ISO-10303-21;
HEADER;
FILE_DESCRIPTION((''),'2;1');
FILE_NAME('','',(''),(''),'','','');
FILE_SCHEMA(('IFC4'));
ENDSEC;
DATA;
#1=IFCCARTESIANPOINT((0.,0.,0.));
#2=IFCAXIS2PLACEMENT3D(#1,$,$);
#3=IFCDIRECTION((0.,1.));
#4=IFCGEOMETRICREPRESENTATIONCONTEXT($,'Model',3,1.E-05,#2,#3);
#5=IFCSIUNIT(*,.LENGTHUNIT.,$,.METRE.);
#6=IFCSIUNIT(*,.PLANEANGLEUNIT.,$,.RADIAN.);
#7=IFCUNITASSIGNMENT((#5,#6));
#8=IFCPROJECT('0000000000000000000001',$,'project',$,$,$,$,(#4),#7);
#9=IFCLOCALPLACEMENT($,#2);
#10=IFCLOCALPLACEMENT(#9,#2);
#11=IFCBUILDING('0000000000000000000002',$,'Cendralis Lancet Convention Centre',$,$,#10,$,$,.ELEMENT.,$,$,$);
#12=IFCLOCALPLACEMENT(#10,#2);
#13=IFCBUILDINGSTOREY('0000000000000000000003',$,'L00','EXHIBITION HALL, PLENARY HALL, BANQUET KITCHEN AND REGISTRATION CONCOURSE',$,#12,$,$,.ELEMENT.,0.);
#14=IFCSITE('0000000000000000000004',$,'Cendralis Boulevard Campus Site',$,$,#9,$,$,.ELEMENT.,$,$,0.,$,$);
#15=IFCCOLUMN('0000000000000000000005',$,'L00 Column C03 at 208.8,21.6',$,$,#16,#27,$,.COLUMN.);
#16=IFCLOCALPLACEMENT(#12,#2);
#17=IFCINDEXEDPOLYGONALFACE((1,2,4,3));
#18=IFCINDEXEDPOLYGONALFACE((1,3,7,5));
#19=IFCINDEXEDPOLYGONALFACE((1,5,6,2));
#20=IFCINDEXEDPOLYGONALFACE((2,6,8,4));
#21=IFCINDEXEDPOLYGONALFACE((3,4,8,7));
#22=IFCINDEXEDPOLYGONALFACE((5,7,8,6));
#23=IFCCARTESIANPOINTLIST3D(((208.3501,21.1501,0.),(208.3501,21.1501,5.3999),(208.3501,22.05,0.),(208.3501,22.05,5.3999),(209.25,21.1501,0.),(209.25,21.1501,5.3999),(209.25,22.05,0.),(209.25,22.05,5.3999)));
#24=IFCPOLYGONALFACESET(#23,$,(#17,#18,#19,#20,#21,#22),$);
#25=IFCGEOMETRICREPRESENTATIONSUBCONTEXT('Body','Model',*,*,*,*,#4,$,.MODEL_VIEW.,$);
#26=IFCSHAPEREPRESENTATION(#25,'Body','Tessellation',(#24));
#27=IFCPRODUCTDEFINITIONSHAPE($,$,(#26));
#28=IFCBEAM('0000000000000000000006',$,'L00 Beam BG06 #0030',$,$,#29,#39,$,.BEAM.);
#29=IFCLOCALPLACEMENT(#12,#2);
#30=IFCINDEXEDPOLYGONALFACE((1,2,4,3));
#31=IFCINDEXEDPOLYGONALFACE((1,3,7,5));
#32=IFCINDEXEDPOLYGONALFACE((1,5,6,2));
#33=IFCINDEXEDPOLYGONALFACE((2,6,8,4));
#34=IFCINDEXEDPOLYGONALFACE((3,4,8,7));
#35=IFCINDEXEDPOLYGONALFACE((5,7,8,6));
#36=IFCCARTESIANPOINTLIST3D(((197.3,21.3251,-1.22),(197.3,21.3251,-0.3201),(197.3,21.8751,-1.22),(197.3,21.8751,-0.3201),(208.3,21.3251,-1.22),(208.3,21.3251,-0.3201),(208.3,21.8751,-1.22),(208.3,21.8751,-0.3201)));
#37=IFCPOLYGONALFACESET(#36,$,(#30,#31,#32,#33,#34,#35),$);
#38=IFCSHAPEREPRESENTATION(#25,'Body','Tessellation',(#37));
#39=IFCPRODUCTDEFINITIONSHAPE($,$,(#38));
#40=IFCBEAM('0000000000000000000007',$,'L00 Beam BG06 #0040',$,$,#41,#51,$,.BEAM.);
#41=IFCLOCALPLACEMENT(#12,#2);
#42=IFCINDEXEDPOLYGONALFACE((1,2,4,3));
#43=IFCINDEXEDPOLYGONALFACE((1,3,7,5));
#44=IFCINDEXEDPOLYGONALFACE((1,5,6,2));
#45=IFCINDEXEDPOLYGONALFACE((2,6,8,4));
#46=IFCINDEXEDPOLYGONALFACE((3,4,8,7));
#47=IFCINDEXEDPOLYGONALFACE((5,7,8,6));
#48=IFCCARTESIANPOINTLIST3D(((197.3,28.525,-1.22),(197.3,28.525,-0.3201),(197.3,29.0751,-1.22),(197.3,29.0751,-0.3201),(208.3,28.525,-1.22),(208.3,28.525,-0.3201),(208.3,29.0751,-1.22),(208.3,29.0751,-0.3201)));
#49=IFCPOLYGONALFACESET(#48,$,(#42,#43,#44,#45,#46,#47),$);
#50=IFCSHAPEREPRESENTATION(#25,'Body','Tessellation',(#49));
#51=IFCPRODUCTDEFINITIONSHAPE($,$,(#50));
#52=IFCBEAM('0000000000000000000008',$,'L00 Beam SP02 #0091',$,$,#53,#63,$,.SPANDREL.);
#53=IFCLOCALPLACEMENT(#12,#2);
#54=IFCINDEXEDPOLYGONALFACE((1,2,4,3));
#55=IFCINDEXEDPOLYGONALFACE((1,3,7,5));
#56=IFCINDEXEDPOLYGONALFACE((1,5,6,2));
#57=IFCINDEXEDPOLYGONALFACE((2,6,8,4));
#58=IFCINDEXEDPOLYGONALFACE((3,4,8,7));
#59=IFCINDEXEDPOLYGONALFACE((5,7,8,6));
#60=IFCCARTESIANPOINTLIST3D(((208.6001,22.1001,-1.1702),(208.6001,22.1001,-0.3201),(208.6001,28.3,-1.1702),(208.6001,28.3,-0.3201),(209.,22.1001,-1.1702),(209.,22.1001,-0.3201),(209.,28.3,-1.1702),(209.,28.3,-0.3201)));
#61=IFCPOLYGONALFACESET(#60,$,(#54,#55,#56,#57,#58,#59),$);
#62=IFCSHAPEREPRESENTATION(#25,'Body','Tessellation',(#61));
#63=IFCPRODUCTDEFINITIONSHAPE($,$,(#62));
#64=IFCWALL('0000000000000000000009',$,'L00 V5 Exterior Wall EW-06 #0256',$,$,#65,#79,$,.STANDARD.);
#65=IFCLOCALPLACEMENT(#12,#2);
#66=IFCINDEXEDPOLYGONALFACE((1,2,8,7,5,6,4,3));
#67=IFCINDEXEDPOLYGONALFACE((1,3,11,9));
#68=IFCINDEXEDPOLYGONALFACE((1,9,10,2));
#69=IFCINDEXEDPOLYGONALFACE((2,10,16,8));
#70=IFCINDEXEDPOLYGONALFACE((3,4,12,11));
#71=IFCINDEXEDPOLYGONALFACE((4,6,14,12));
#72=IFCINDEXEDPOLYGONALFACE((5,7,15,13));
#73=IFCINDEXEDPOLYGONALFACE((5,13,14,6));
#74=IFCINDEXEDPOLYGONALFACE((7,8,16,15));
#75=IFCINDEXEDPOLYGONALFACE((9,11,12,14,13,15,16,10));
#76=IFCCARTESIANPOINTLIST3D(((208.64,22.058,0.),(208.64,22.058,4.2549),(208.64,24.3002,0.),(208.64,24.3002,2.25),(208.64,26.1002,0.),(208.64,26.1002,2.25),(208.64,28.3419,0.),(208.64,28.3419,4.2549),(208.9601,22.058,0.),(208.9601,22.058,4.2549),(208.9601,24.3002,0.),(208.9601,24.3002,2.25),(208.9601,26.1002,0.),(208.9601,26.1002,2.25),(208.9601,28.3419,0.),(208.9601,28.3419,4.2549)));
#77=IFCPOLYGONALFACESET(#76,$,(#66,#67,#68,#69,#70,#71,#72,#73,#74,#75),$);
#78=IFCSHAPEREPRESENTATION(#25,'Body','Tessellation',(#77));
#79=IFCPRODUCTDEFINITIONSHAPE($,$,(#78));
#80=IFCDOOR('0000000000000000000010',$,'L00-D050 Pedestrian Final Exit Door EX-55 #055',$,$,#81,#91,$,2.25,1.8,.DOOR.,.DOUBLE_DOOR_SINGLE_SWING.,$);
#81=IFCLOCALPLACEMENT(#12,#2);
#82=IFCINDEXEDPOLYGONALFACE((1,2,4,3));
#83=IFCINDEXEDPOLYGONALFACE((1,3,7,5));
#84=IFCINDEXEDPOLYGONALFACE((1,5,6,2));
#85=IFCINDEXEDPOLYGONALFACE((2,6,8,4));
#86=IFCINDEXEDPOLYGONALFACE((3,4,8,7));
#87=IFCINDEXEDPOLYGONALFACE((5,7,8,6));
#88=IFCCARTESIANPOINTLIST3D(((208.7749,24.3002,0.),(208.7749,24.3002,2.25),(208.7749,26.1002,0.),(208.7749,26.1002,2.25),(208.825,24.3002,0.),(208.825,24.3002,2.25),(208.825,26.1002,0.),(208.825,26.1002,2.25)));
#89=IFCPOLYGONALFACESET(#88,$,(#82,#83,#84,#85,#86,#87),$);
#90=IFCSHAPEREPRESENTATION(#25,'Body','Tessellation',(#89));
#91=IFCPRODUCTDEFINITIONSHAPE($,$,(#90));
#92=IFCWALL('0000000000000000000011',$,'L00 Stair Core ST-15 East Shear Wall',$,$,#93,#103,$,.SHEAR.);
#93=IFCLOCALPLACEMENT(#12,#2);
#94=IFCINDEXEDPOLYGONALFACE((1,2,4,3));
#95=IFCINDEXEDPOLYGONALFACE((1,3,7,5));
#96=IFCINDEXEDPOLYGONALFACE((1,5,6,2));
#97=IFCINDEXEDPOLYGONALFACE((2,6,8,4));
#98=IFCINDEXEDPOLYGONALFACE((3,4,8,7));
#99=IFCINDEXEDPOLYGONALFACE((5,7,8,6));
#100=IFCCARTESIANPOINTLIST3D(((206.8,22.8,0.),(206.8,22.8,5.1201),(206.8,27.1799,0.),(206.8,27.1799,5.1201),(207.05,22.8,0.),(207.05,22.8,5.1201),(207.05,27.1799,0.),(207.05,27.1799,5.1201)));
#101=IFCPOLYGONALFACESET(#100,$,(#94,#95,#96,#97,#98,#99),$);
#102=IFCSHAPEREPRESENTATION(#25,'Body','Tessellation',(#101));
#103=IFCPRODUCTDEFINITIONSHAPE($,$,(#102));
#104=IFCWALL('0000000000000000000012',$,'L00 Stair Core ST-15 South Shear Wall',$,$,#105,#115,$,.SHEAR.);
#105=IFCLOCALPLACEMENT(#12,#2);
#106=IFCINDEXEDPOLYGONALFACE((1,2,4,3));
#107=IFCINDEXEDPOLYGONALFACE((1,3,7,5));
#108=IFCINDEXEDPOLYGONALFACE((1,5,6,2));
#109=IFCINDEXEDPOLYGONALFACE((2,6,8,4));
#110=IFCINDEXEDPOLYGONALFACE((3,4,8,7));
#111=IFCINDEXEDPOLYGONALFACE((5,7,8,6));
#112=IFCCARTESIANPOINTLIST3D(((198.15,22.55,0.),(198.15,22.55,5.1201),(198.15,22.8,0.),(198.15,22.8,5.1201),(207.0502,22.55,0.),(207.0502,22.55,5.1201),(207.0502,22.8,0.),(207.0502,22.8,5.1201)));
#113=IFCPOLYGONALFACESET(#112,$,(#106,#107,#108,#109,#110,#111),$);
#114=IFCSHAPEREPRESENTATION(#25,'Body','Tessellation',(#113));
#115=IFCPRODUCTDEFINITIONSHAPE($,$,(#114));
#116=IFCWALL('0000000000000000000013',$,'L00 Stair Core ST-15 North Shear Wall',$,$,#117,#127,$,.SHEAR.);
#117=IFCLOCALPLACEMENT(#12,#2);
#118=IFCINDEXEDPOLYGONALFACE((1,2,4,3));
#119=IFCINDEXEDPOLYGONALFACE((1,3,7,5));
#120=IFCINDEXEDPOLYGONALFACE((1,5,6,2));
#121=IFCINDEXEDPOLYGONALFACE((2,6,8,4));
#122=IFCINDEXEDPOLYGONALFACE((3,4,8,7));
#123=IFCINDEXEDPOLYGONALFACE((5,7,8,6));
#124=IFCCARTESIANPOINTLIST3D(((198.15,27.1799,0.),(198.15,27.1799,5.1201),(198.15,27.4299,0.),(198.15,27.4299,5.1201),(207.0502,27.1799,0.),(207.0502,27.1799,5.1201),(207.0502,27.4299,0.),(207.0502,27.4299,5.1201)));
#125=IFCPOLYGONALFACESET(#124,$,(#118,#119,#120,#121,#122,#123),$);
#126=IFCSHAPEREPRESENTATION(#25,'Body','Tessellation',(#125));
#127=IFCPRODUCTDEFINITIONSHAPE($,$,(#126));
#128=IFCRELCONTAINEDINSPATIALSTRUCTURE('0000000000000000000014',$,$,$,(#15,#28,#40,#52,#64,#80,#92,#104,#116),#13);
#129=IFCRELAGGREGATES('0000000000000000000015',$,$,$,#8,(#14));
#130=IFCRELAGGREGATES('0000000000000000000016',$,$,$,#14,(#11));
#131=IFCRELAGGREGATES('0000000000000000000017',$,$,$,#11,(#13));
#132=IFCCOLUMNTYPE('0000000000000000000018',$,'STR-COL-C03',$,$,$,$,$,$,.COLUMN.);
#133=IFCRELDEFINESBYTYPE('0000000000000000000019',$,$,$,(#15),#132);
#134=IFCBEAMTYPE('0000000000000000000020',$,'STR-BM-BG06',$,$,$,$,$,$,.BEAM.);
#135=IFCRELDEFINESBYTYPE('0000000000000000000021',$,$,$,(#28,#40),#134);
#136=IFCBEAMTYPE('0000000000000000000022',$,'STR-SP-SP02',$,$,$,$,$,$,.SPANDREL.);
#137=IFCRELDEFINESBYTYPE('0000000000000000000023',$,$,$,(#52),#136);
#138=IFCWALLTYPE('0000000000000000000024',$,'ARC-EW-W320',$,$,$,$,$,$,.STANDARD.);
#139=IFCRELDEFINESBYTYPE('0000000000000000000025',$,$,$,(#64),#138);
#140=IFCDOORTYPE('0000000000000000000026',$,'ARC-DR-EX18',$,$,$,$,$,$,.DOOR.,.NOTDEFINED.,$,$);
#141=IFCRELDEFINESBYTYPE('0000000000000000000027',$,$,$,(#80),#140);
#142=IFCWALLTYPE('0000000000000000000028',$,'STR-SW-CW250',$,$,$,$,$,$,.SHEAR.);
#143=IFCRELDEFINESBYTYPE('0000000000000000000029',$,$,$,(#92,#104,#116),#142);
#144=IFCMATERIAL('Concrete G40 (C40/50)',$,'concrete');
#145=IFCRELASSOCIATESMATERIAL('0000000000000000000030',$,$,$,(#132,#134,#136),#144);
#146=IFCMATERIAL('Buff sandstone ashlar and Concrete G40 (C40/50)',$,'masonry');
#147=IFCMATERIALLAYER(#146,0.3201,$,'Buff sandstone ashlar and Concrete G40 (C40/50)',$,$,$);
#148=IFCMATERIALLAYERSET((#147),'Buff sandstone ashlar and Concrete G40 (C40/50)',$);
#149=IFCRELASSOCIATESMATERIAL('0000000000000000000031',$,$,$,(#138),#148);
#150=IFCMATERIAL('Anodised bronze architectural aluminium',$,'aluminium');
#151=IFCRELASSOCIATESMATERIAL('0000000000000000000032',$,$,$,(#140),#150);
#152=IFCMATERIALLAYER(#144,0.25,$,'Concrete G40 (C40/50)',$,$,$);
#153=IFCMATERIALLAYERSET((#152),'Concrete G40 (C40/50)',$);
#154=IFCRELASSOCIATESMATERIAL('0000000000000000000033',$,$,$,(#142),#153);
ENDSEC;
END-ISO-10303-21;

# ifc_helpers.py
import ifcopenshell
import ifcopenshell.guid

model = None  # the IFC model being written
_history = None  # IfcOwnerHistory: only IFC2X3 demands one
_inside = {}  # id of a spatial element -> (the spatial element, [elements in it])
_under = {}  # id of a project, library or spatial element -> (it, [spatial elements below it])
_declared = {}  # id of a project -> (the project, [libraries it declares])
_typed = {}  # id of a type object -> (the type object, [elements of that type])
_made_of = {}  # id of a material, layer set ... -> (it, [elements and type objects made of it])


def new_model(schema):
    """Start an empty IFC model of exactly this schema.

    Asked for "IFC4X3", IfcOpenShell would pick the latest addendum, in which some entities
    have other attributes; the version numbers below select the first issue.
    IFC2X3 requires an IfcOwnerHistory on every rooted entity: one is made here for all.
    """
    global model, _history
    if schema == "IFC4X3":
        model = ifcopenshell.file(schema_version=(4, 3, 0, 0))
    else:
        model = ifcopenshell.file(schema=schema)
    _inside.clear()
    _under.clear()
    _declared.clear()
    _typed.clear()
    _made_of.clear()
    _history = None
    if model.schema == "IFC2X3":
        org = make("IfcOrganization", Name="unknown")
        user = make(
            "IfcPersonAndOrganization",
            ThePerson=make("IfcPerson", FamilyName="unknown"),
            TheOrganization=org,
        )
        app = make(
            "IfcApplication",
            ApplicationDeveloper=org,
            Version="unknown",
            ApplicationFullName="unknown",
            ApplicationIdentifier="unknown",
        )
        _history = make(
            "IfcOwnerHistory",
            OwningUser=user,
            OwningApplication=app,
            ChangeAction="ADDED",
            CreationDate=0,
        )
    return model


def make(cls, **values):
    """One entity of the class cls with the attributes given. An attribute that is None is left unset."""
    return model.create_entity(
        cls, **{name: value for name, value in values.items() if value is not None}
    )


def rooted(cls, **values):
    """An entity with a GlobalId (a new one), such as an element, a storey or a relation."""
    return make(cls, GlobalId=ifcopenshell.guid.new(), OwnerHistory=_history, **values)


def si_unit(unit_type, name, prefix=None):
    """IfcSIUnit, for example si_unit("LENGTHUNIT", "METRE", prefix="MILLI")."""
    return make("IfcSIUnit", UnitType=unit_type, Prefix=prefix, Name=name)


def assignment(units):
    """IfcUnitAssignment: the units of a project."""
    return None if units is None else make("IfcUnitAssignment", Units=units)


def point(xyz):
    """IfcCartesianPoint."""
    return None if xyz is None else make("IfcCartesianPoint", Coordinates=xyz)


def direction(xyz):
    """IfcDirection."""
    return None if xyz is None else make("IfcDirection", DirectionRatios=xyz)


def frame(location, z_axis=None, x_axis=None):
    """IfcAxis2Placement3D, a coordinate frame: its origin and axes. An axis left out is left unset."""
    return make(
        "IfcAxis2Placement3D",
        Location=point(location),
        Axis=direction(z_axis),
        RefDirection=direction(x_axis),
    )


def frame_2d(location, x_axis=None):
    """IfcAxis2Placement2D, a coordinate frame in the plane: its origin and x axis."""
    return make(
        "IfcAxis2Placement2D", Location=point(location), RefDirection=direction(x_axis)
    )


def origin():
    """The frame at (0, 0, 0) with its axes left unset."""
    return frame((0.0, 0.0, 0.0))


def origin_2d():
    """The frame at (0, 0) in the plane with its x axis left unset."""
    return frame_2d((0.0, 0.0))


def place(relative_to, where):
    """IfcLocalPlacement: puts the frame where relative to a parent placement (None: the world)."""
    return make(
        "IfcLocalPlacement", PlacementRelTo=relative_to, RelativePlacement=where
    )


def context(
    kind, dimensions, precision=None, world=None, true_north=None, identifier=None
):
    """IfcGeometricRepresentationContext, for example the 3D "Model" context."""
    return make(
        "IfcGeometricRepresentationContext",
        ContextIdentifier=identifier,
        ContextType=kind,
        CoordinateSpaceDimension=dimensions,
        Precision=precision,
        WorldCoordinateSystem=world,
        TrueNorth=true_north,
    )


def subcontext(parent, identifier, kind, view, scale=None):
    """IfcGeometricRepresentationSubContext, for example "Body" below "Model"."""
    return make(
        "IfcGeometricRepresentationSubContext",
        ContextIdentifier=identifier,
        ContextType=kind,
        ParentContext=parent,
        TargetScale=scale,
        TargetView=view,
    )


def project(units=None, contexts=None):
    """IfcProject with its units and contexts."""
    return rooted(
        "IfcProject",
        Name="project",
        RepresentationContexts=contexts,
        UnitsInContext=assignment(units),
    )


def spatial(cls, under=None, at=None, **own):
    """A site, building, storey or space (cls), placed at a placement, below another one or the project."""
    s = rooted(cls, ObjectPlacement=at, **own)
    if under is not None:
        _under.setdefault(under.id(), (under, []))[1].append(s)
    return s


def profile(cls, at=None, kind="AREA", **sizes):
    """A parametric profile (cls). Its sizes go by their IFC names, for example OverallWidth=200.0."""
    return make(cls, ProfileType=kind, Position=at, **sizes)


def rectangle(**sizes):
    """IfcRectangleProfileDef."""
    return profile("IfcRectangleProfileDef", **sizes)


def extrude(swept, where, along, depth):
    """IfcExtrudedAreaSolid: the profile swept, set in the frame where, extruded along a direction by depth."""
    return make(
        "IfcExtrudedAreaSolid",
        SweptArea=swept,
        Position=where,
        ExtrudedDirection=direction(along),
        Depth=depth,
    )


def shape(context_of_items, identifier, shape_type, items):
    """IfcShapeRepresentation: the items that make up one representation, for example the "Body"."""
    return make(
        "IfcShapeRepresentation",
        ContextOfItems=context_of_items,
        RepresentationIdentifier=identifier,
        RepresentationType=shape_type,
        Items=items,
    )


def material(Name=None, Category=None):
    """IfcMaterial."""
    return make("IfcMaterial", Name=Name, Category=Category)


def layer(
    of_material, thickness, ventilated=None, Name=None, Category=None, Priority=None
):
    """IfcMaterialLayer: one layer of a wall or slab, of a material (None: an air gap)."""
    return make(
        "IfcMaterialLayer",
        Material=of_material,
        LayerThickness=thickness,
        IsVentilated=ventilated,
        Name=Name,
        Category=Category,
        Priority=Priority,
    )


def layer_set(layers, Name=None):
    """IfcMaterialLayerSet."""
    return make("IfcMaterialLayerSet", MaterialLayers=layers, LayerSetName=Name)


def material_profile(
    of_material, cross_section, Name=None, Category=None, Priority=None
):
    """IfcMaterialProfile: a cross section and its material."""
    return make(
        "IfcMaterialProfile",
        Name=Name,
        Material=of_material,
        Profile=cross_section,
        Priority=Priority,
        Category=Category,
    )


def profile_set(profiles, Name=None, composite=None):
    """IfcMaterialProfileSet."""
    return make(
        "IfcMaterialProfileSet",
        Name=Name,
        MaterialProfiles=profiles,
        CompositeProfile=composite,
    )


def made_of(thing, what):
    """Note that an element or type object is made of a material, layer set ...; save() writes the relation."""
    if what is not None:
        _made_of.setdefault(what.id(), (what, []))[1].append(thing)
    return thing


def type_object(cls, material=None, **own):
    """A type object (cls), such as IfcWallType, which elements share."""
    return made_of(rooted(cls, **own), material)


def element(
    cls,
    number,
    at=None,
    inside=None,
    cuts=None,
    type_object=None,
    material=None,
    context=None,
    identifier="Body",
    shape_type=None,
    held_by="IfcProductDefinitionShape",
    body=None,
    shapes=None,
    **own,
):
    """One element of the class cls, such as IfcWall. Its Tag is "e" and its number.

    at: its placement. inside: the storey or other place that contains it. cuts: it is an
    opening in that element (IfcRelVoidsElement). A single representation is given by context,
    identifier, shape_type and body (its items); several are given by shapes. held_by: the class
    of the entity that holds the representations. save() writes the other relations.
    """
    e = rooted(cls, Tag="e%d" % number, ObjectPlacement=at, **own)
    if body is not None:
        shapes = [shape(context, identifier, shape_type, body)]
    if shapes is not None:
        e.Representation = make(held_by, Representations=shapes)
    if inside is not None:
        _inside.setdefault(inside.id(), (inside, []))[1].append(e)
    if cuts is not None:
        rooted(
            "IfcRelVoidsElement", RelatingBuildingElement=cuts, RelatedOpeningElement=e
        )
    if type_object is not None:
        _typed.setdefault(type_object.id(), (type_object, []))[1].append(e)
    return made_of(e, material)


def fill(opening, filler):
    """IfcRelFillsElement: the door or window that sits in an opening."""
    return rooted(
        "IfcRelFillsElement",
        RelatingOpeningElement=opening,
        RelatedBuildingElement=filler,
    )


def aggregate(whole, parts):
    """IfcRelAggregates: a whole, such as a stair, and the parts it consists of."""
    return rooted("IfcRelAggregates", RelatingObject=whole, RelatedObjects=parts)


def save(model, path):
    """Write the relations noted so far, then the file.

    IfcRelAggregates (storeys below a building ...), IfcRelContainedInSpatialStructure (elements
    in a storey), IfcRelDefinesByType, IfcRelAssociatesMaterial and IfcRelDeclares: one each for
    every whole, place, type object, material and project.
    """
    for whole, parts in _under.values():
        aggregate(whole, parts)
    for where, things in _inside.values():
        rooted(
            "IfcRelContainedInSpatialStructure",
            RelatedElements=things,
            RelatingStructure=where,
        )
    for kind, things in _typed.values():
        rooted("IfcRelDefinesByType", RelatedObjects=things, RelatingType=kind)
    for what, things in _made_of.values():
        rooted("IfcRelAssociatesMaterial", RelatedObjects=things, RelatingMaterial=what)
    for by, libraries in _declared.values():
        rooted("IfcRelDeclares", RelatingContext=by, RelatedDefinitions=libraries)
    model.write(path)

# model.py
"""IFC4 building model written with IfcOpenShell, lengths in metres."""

from ifc_helpers import new_model, si_unit, direction, frame, frame_2d, origin, origin_2d, place, context, subcontext, project, spatial, rectangle, extrude, material, layer, layer_set, material_profile, profile_set, type_object, element, fill, save


model = new_model("IFC4")

# Units and contexts
model_context = context("Model", 3, precision=1e-05, world=origin(), true_north=direction((0.0, 1.0)))
body_context = subcontext(model_context, "Body", "Model", "MODEL_VIEW")
ifc_project = project(units=[si_unit("LENGTHUNIT", "METRE"), si_unit("PLANEANGLEUNIT", "RADIAN")], contexts=[model_context])

# Site, building, storey
site_placement = place(None, origin())
site = spatial("IfcSite", under=ifc_project, at=site_placement, Name="Cendralis Boulevard Campus Site", CompositionType="ELEMENT", RefElevation=0.0)
building_placement = place(site_placement, origin())
building = spatial("IfcBuilding", under=site, at=building_placement, Name="Cendralis Lancet Convention Centre", CompositionType="ELEMENT")
storey_placement = place(building_placement, origin())
storey = spatial("IfcBuildingStorey", under=building, at=storey_placement, Name="L00", Description="EXHIBITION HALL, PLENARY HALL, BANQUET KITCHEN AND REGISTRATION CONCOURSE", CompositionType="ELEMENT", Elevation=0.0)

# Column
ifc_material_1 = material(Name="Concrete G40 (C40/50)", Category="concrete")
ifc_material_profile_1 = material_profile(ifc_material_1, rectangle(XDim=0.8999, YDim=0.8999, at=origin_2d()), Name="RC 900x900")
ifc_profile_set_1 = profile_set([ifc_material_profile_1], Name="Concrete G40 (C40/50)")
column_type = type_object("IfcColumnType", Name="STR-COL-C03", PredefinedType="COLUMN", material=ifc_profile_set_1)
column_placement = place(storey_placement, frame((208.8, 21.6001, 0.0), z_axis=(0.0, 0.0, 1.0), x_axis=(1.0, 0.0, 0.0)))
element("IfcColumn", 1, at=column_placement, inside=storey, type_object=column_type, Name="L00 Column C03 at 208.8,21.6", PredefinedType="COLUMN", context=body_context, shape_type="SweptSolid", body=[
    extrude(rectangle(XDim=0.8999, YDim=0.8999, at=origin_2d()), origin(), (0.0, 0.0, 1.0), 5.3999),
])

# Beams
ifc_material_profile_2 = material_profile(ifc_material_1, rectangle(XDim=0.55, YDim=0.8999, at=origin_2d()), Name="RCB 550x900")
ifc_profile_set_2 = profile_set([ifc_material_profile_2], Name="Concrete G40 (C40/50)")
beam_type_1 = type_object("IfcBeamType", Name="STR-BM-BG06", PredefinedType="BEAM", material=ifc_profile_set_2)
for number, where, z_axis, x_axis, name in (
    (2, (197.3, 21.6001, -0.77), (1.0, 0.0, 0.0), (0.0, 1.0, 0.0), "L00 Beam BG06 #0030"),
    (3, (197.3, 28.8, -0.77), (1.0, 0.0, 0.0), (0.0, 1.0, 0.0), "L00 Beam BG06 #0040"),
):
    element("IfcBeam", number, at=place(storey_placement, frame(where, z_axis=z_axis, x_axis=x_axis)), inside=storey, type_object=beam_type_1, Name=name, PredefinedType="BEAM", context=body_context, shape_type="SweptSolid", body=[
        extrude(rectangle(XDim=0.55, YDim=0.8999, at=origin_2d()), origin(), (0.0, 0.0, 1.0), 11.0),
    ])
ifc_material_profile_3 = material_profile(ifc_material_1, rectangle(XDim=0.3999, YDim=0.8501, at=origin_2d()), Name="RCB 400x850")
ifc_profile_set_3 = profile_set([ifc_material_profile_3], Name="Concrete G40 (C40/50)")
beam_type_2 = type_object("IfcBeamType", Name="STR-SP-SP02", PredefinedType="SPANDREL", material=ifc_profile_set_3)
beam_placement = place(storey_placement, frame((208.8, 22.1001, -0.7451), z_axis=(0.0, 1.0, 0.0), x_axis=(-1.0, 0.0, 0.0)))
element("IfcBeam", 4, at=beam_placement, inside=storey, type_object=beam_type_2, Name="L00 Beam SP02 #0091", PredefinedType="SPANDREL", context=body_context, shape_type="SweptSolid", body=[
    extrude(rectangle(XDim=0.3999, YDim=0.8501, at=origin_2d()), origin(), (0.0, 0.0, 1.0), 6.2),
])

# Wall, opening, door
ifc_material_2 = material(Name="Buff sandstone ashlar and Concrete G40 (C40/50)", Category="masonry")
ifc_layer_1 = layer(ifc_material_2, 0.3201, Name="Buff sandstone ashlar and Concrete G40 (C40/50)")
ifc_layer_set_1 = layer_set([ifc_layer_1], Name="Buff sandstone ashlar and Concrete G40 (C40/50)")
wall_type_1 = type_object("IfcWallType", Name="ARC-EW-W320", PredefinedType="STANDARD", material=ifc_layer_set_1)
wall_1_placement = place(storey_placement, frame((208.8, 28.342, 0.0), z_axis=(0.0, 0.0, 1.0), x_axis=(0.0, -1.0, 0.0)))
wall_1 = element("IfcWall", 5, at=wall_1_placement, inside=storey, type_object=wall_type_1, Name="L00 V5 Exterior Wall EW-06 #0256", PredefinedType="STANDARD", context=body_context, shape_type="SweptSolid", body=[
    extrude(rectangle(XDim=6.2839, YDim=0.3201, at=frame_2d((3.1421, 0.0))), origin(), (0.0, 0.0, 1.0), 4.2549),
])
opening_1_placement = place(wall_1_placement, frame((2.2419, 0.0, 0.0)))
opening_1 = element("IfcOpeningElement", 6, at=opening_1_placement, cuts=wall_1, PredefinedType="OPENING", context=body_context, shape_type="SweptSolid", body=[
    extrude(rectangle(XDim=1.8, YDim=2.25, at=frame_2d((0.8999, 1.125))), frame((0.0, 0.1699, 0.0), z_axis=(0.0, -1.0, 0.0), x_axis=(1.0, 0.0, 0.0)), (0.0, 0.0, 1.0), 0.3401),
])
ifc_material_3 = material(Name="Anodised bronze architectural aluminium", Category="aluminium")
door_type_1 = type_object("IfcDoorType", Name="ARC-DR-EX18", OperationType="NOTDEFINED", PredefinedType="DOOR", material=ifc_material_3)
door_1_placement = place(opening_1_placement, origin())
door_1 = element("IfcDoor", 7, at=door_1_placement, inside=storey, type_object=door_type_1, Name="L00-D050 Pedestrian Final Exit Door EX-55 #055", OperationType="DOUBLE_DOOR_SINGLE_SWING", OverallHeight=2.25, OverallWidth=1.8, PredefinedType="DOOR", context=body_context, shape_type="SweptSolid", body=[
    extrude(rectangle(XDim=1.8, YDim=2.25, at=frame_2d((0.8999, 1.125))), frame((0.0, 0.0249, 0.0), z_axis=(0.0, -1.0, 0.0), x_axis=(1.0, 0.0, 0.0)), (0.0, 0.0, 1.0), 0.05),
])
fill(opening_1, door_1)
ifc_layer_2 = layer(ifc_material_1, 0.25, Name="Concrete G40 (C40/50)")
ifc_layer_set_2 = layer_set([ifc_layer_2], Name="Concrete G40 (C40/50)")
wall_type_2 = type_object("IfcWallType", Name="STR-SW-CW250", PredefinedType="SHEAR", material=ifc_layer_set_2)

# Walls
wall_2_placement = place(storey_placement, frame((206.925, 22.8, 0.0), z_axis=(0.0, 0.0, 1.0), x_axis=(0.0, 1.0, 0.0)))
element("IfcWall", 8, at=wall_2_placement, inside=storey, type_object=wall_type_2, Name="L00 Stair Core ST-15 East Shear Wall", PredefinedType="SHEAR", context=body_context, shape_type="SweptSolid", body=[
    extrude(rectangle(XDim=4.3799, YDim=0.25, at=frame_2d((2.1899, 0.0))), origin(), (0.0, 0.0, 1.0), 5.1201),
])
for number, where, z_axis, x_axis, name in (
    (9, (198.1499, 22.675, 0.0), (0.0, 0.0, 1.0), (1.0, 0.0, 0.0), "L00 Stair Core ST-15 South Shear Wall"),
    (10, (198.1499, 27.3049, 0.0), (0.0, 0.0, 1.0), (1.0, 0.0, 0.0), "L00 Stair Core ST-15 North Shear Wall"),
):
    element("IfcWall", number, at=place(storey_placement, frame(where, z_axis=z_axis, x_axis=x_axis)), inside=storey, type_object=wall_type_2, Name=name, PredefinedType="SHEAR", context=body_context, shape_type="SweptSolid", body=[
        extrude(rectangle(XDim=8.9001, YDim=0.25, at=frame_2d((4.4502, 0.0))), origin(), (0.0, 0.0, 1.0), 5.1201),
    ])

save(model, "model.ifc")
